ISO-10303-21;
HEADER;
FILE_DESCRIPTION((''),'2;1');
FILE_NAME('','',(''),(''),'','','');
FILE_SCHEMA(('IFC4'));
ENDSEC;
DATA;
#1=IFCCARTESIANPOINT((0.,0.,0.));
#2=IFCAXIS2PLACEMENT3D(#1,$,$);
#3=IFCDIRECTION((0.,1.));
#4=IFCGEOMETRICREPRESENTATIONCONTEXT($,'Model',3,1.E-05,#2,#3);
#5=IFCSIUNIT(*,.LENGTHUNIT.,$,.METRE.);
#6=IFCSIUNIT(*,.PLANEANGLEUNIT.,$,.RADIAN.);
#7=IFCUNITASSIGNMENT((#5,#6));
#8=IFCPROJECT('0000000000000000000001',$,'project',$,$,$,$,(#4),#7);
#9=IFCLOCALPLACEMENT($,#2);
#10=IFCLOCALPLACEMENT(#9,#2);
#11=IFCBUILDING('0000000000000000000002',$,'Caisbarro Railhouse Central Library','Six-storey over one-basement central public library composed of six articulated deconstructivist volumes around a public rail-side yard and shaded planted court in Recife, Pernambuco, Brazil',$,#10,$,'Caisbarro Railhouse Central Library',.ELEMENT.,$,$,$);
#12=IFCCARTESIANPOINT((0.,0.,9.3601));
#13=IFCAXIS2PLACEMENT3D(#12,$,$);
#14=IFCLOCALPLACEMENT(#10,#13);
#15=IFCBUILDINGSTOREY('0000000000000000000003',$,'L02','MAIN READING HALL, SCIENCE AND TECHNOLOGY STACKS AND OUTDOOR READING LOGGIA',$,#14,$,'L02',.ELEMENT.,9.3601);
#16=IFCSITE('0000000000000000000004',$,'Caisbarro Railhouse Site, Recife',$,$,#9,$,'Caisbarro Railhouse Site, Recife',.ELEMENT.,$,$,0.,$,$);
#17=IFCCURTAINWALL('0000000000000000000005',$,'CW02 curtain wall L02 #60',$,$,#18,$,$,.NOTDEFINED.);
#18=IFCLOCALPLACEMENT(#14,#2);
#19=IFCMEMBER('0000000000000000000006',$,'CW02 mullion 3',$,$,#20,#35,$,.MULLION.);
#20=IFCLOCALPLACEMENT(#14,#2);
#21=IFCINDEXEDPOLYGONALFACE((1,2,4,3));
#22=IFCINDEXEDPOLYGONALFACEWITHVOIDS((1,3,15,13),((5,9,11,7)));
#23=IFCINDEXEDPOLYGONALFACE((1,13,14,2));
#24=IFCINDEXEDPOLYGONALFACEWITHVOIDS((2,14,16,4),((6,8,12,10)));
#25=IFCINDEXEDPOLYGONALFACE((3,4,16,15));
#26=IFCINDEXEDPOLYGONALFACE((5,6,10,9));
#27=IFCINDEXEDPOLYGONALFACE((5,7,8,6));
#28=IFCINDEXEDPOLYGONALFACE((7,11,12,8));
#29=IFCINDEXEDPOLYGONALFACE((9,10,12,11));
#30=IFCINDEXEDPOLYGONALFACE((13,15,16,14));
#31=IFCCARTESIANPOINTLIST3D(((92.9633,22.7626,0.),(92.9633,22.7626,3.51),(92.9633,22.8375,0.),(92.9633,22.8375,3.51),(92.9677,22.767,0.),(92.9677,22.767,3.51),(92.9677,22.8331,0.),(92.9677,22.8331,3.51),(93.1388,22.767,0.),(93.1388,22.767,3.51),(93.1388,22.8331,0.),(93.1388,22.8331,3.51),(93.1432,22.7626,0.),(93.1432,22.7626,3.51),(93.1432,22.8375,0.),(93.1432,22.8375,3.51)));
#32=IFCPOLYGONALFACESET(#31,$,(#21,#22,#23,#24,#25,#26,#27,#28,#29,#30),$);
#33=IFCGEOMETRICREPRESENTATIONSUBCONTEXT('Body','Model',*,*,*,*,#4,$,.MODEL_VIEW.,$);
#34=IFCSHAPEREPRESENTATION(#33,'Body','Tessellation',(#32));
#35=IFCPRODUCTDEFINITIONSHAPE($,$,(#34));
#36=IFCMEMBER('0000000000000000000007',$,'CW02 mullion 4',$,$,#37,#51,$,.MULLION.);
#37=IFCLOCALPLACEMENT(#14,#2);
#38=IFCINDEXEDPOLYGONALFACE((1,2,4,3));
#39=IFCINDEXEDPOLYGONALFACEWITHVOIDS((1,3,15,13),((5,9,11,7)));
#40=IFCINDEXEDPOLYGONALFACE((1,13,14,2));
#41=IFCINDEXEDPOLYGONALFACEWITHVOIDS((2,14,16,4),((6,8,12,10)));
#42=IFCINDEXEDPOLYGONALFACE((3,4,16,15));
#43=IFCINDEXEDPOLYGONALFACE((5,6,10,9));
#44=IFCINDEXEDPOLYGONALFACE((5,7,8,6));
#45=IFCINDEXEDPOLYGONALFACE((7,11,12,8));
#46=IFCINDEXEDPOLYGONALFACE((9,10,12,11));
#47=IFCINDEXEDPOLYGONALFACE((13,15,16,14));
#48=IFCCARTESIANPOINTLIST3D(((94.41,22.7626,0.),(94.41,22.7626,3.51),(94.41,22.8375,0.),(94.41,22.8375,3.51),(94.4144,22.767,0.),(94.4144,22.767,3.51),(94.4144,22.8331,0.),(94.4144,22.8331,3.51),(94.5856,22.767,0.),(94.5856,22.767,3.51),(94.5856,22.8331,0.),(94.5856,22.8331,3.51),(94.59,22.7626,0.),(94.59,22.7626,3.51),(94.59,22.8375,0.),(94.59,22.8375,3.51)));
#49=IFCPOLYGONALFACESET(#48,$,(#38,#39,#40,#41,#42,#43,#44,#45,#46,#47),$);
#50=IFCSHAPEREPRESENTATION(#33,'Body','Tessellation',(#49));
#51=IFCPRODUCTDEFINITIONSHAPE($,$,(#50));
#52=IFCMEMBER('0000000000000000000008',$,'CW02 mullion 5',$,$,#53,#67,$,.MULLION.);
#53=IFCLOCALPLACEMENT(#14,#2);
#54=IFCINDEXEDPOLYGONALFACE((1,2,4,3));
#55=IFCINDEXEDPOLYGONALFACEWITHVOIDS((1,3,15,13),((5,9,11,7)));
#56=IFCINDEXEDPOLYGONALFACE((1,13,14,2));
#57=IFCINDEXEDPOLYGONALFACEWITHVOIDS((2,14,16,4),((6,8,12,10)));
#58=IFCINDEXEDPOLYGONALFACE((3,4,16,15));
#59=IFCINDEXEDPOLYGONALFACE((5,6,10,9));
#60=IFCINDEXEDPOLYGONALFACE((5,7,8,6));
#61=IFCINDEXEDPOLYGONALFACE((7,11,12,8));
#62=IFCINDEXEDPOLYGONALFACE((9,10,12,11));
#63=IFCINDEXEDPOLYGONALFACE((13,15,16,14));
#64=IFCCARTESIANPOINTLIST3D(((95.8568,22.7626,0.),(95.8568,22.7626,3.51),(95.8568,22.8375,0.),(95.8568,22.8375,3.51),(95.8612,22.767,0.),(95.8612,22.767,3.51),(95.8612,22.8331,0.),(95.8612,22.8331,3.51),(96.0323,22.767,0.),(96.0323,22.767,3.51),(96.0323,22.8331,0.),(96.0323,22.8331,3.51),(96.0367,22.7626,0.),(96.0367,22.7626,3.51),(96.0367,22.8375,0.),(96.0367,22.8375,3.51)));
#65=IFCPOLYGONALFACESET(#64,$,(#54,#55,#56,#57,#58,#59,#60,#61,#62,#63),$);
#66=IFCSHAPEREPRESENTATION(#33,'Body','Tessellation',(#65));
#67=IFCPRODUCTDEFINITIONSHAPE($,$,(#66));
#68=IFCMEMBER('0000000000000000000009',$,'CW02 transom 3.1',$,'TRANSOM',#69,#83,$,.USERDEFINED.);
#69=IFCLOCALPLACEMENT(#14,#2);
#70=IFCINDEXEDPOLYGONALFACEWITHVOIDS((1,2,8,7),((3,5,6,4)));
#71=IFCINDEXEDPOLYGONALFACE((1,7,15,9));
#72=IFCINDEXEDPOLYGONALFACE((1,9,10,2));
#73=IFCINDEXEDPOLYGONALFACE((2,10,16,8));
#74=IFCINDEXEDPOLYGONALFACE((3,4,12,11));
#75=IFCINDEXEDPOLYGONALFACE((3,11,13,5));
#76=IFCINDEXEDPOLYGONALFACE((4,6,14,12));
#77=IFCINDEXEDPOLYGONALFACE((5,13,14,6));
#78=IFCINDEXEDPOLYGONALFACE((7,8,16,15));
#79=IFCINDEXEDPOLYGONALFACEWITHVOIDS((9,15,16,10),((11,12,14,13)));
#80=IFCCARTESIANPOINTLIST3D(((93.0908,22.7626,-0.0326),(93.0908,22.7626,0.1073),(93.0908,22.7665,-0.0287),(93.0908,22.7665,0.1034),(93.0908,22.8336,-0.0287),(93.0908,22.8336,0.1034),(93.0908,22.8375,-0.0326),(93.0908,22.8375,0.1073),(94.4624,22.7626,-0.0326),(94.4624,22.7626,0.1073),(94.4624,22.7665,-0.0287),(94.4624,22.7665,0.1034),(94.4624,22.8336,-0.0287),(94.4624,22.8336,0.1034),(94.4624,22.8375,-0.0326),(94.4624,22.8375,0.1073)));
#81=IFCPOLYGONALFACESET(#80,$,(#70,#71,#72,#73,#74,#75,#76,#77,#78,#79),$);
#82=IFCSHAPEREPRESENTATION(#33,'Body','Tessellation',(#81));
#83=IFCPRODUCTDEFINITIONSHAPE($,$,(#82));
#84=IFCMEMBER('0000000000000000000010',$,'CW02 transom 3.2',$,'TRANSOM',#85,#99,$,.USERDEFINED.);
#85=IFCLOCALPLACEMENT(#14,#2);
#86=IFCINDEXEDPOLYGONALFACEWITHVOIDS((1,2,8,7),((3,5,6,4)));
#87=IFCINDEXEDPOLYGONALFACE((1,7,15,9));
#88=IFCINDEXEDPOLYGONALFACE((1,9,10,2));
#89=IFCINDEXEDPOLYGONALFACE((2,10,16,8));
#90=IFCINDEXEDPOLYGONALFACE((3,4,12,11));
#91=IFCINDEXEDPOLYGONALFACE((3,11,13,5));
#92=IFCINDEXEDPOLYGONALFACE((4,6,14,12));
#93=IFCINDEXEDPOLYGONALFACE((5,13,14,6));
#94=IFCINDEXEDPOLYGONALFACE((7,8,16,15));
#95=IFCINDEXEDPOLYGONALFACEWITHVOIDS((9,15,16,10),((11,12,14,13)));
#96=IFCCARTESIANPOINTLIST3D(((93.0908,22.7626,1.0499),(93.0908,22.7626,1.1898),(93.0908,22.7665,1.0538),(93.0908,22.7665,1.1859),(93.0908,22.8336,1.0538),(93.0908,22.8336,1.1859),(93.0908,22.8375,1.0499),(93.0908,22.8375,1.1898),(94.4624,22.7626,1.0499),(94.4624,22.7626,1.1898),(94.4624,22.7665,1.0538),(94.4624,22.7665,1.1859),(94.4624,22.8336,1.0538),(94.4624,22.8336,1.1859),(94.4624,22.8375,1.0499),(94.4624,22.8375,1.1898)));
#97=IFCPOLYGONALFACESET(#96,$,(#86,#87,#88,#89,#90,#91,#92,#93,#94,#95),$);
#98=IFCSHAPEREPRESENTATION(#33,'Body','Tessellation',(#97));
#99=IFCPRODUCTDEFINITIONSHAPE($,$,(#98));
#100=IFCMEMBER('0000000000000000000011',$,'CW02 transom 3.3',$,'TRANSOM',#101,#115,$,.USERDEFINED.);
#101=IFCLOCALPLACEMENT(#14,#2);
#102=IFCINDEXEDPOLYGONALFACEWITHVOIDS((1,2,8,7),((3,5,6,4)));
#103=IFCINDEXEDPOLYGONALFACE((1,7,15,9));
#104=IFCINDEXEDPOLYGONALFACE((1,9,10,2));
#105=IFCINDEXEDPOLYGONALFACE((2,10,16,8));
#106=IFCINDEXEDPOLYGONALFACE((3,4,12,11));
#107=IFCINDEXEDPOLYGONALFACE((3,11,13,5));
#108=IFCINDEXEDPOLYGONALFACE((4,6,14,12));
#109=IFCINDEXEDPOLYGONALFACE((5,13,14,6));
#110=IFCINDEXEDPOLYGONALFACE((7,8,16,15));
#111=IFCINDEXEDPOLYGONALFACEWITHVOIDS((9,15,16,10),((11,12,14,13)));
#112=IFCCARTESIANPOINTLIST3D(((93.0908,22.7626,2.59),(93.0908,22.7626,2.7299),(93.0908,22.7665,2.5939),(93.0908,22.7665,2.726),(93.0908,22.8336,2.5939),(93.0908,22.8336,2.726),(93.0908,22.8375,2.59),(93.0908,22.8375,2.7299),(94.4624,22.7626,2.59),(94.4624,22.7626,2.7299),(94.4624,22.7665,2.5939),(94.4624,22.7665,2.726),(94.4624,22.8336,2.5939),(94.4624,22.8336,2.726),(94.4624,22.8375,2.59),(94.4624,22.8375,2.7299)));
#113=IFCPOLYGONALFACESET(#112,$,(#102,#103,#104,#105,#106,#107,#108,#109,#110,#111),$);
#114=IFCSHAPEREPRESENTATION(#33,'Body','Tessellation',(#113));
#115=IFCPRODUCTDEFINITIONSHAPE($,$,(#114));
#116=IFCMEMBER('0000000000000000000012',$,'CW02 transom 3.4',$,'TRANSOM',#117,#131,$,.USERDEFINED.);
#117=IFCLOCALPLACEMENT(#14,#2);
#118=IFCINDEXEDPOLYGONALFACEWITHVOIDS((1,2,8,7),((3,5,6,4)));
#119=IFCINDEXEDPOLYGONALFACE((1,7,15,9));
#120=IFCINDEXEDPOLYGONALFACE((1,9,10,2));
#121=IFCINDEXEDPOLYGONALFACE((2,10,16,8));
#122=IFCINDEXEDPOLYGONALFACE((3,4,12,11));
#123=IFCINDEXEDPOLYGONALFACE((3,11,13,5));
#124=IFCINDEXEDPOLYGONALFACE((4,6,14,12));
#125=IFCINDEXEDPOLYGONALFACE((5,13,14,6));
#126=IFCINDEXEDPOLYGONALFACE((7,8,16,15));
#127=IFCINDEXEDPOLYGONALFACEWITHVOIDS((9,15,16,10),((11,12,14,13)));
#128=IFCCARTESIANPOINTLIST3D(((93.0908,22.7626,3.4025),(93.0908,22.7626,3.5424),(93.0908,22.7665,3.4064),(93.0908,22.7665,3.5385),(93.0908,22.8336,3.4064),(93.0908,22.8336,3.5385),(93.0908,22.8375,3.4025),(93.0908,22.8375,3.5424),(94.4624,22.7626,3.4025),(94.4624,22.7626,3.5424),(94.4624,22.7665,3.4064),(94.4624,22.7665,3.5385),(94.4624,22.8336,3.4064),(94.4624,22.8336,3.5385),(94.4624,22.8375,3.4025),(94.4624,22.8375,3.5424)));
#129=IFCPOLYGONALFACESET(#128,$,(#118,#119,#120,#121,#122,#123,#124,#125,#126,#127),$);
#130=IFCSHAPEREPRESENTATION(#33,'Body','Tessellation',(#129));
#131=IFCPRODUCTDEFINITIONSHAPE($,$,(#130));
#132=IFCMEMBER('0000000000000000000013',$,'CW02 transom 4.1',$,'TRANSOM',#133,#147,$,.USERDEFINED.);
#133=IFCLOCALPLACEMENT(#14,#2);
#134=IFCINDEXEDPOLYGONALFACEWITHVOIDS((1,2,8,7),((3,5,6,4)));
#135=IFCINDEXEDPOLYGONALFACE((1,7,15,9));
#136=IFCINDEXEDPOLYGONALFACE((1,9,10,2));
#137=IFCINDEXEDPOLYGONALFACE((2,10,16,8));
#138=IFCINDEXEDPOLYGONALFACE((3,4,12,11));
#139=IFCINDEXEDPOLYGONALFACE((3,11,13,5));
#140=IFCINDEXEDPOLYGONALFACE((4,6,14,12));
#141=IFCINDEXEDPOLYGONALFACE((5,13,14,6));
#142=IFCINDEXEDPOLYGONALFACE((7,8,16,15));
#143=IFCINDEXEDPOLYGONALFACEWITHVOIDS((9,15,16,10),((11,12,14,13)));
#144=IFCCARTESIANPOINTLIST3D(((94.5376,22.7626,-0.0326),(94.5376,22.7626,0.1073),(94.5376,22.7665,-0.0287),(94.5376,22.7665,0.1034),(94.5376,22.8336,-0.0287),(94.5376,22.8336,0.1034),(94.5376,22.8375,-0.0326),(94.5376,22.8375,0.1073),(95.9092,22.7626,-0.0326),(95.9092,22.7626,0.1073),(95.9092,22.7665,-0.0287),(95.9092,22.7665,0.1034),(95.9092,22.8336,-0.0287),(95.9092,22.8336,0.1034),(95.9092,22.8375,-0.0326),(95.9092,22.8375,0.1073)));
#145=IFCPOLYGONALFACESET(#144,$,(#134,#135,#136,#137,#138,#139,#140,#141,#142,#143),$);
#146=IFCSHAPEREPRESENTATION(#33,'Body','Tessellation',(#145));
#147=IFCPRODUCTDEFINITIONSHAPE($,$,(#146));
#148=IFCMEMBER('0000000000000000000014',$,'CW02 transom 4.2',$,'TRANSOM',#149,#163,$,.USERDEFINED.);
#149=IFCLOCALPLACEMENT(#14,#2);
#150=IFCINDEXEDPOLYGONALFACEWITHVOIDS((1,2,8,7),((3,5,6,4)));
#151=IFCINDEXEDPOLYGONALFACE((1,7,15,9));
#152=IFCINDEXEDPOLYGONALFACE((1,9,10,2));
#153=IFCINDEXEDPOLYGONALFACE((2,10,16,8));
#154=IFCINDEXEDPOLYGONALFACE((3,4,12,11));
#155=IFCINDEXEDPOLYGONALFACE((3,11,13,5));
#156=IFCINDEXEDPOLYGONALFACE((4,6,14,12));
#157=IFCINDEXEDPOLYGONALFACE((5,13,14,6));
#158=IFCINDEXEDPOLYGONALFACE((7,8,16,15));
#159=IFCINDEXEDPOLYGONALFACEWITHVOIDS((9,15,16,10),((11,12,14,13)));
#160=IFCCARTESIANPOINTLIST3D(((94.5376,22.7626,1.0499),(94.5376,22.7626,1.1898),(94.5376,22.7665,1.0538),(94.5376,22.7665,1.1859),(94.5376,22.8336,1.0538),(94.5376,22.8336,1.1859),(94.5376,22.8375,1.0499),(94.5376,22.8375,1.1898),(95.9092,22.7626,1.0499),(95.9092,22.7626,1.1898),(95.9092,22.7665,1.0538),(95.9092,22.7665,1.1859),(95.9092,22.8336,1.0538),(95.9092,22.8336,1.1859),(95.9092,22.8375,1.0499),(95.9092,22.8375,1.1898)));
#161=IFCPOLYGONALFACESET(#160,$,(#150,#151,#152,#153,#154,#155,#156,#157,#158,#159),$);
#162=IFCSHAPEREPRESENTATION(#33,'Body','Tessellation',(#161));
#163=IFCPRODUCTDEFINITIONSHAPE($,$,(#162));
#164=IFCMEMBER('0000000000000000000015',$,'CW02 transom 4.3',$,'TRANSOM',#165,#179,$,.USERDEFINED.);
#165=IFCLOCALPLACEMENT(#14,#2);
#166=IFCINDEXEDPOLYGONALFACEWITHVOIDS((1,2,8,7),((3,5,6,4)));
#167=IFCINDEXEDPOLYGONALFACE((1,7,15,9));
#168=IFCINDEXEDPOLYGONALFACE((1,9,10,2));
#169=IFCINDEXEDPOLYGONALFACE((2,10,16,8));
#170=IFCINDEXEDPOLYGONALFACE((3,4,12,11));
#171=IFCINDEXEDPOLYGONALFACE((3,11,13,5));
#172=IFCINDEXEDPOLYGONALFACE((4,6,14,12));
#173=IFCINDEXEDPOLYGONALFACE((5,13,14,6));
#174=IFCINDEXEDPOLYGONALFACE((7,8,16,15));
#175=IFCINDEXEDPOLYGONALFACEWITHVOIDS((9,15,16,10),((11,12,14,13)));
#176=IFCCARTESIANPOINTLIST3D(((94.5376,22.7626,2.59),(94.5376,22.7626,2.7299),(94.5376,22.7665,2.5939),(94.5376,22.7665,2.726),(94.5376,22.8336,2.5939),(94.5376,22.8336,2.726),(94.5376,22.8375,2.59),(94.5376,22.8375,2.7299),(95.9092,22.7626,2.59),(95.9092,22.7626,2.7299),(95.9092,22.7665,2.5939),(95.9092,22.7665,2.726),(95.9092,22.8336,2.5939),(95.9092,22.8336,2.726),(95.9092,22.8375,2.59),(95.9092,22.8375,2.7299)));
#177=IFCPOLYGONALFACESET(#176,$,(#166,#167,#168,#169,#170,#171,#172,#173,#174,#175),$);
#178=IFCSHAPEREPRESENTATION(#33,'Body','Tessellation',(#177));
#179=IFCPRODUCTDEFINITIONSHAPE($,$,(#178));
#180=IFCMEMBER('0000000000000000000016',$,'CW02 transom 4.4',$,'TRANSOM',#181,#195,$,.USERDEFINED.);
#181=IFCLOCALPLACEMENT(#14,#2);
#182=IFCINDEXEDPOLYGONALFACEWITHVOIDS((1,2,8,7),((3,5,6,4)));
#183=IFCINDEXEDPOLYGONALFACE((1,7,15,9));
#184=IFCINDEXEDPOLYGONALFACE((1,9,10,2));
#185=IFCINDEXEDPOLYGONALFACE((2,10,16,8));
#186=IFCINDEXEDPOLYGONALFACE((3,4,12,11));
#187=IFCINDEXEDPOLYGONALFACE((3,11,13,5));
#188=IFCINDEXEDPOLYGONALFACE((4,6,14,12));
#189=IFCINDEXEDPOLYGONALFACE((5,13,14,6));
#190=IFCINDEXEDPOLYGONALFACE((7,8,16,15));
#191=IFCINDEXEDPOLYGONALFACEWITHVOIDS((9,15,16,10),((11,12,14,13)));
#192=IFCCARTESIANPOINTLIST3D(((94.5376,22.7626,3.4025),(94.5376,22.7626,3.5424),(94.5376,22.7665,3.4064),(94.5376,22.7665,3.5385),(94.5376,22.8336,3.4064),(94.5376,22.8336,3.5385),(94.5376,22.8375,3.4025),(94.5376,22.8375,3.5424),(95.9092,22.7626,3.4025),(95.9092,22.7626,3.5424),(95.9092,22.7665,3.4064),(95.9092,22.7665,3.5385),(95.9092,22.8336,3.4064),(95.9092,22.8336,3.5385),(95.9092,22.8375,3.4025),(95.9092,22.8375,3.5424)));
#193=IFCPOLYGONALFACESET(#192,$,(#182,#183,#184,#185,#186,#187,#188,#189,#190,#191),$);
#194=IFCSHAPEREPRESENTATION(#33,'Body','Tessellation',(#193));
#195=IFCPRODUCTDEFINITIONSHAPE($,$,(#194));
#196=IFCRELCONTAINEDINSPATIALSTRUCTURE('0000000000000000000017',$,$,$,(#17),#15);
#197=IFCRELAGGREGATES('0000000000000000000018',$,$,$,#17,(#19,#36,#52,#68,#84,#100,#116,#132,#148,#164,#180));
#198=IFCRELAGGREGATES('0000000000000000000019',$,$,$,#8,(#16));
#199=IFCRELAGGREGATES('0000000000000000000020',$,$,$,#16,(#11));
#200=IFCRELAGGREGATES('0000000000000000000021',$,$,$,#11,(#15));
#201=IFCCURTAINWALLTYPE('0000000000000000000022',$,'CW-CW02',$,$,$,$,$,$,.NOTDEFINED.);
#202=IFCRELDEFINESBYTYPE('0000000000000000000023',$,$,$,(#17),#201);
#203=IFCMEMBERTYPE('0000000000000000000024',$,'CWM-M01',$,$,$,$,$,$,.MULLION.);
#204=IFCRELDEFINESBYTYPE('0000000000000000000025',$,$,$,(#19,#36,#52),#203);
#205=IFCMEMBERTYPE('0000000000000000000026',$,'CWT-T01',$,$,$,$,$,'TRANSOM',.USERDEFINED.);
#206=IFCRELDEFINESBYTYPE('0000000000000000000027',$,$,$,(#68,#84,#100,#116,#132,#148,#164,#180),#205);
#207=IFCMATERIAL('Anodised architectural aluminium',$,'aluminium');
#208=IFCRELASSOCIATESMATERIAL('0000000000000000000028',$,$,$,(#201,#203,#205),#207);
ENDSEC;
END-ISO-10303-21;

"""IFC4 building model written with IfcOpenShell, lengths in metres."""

from ifc_helpers import new_model, si_unit, direction, frame, origin, origin_2d, place, context, subcontext, project, spatial, hollow_rectangle, extrude, material, material_profile, profile_set, type_object, element, aggregate, save


model = new_model("IFC4")

# Units and contexts
model_context = context("Model", 3, precision=1e-05, world=origin(), true_north=direction((0.0, 1.0)))
body_context = subcontext(model_context, "Body", "Model", "MODEL_VIEW")
ifc_project = project(units=[si_unit("LENGTHUNIT", "METRE"), si_unit("PLANEANGLEUNIT", "RADIAN")], contexts=[model_context])

# Site, building, storey
site_placement = place(None, origin())
site = spatial("IfcSite", under=ifc_project, at=site_placement, Name="Caisbarro Railhouse Site, Recife", LongName="Caisbarro Railhouse Site, Recife", CompositionType="ELEMENT", RefElevation=0.0)
building_placement = place(site_placement, origin())
building = spatial("IfcBuilding", under=site, at=building_placement, Name="Caisbarro Railhouse Central Library", Description="Six-storey over one-basement central public library composed of six articulated deconstructivist volumes around a public rail-side yard and shaded planted court in Recife, Pernambuco, Brazil", LongName="Caisbarro Railhouse Central Library", CompositionType="ELEMENT")
storey_placement = place(building_placement, frame((0.0, 0.0, 9.3601)))
storey = spatial("IfcBuildingStorey", under=building, at=storey_placement, Name="L02", Description="MAIN READING HALL, SCIENCE AND TECHNOLOGY STACKS AND OUTDOOR READING LOGGIA", LongName="L02", CompositionType="ELEMENT", Elevation=9.3601)

# Curtain wall, members
ifc_material_1 = material(Name="Anodised architectural aluminium", Category="aluminium")
curtain_wall_type = type_object("IfcCurtainWallType", Name="CW-CW02", PredefinedType="NOTDEFINED", material=ifc_material_1)
curtain_wall_placement = place(storey_placement, origin())
curtain_wall = element("IfcCurtainWall", 1, at=curtain_wall_placement, inside=storey, type_object=curtain_wall_type, Name="CW02 curtain wall L02 #60", PredefinedType="NOTDEFINED")
ifc_material_profile_1 = material_profile(ifc_material_1, hollow_rectangle(XDim=0.075, YDim=0.1799, WallThickness=0.0044, at=origin_2d()), Name="ALU-MUL-75X180")
ifc_profile_set_1 = profile_set([ifc_material_profile_1], Name="Anodised architectural aluminium")
member_type_1 = type_object("IfcMemberType", Name="CWM-M01", PredefinedType="MULLION", material=ifc_profile_set_1)
member_1_placement = place(storey_placement, frame((93.0532, 22.8, 0.0), z_axis=(0.0, 0.0, 1.0), x_axis=(0.0, 1.0, 0.0)))
member_1 = element("IfcMember", 2, at=member_1_placement, type_object=member_type_1, Name="CW02 mullion 3", PredefinedType="MULLION", context=body_context, shape_type="SweptSolid", body=[
    extrude(hollow_rectangle(XDim=0.075, YDim=0.1799, WallThickness=0.0044, at=origin_2d()), origin(), (0.0, 0.0, 1.0), 3.51),
])
member_2_placement = place(storey_placement, frame((94.5, 22.8, 0.0), z_axis=(0.0, 0.0, 1.0), x_axis=(0.0, 1.0, 0.0)))
member_2 = element("IfcMember", 3, at=member_2_placement, type_object=member_type_1, Name="CW02 mullion 4", PredefinedType="MULLION", context=body_context, shape_type="SweptSolid", body=[
    extrude(hollow_rectangle(XDim=0.075, YDim=0.1799, WallThickness=0.0044, at=origin_2d()), origin(), (0.0, 0.0, 1.0), 3.51),
])
member_3_placement = place(storey_placement, frame((95.9468, 22.8, 0.0), z_axis=(0.0, 0.0, 1.0), x_axis=(0.0, 1.0, 0.0)))
member_3 = element("IfcMember", 4, at=member_3_placement, type_object=member_type_1, Name="CW02 mullion 5", PredefinedType="MULLION", context=body_context, shape_type="SweptSolid", body=[
    extrude(hollow_rectangle(XDim=0.075, YDim=0.1799, WallThickness=0.0044, at=origin_2d()), origin(), (0.0, 0.0, 1.0), 3.51),
])
ifc_material_profile_2 = material_profile(ifc_material_1, hollow_rectangle(XDim=0.075, YDim=0.1399, WallThickness=0.0039, at=origin_2d()), Name="ALU-TRN-75X140")
ifc_profile_set_2 = profile_set([ifc_material_profile_2], Name="Anodised architectural aluminium")
member_type_2 = type_object("IfcMemberType", Name="CWT-T01", ElementType="TRANSOM", PredefinedType="USERDEFINED", material=ifc_profile_set_2)
member_4_placement = place(storey_placement, frame((93.0908, 22.8, 0.0374), z_axis=(1.0, 0.0, 0.0), x_axis=(0.0, 1.0, 0.0)))
member_4 = element("IfcMember", 5, at=member_4_placement, type_object=member_type_2, Name="CW02 transom 3.1", ObjectType="TRANSOM", PredefinedType="USERDEFINED", context=body_context, shape_type="SweptSolid", body=[
    extrude(hollow_rectangle(XDim=0.075, YDim=0.1399, WallThickness=0.0039, at=origin_2d()), origin(), (0.0, 0.0, 1.0), 1.3716),
])
member_5_placement = place(storey_placement, frame((93.0908, 22.8, 1.1199), z_axis=(1.0, 0.0, 0.0), x_axis=(0.0, 1.0, 0.0)))
member_5 = element("IfcMember", 6, at=member_5_placement, type_object=member_type_2, Name="CW02 transom 3.2", ObjectType="TRANSOM", PredefinedType="USERDEFINED", context=body_context, shape_type="SweptSolid", body=[
    extrude(hollow_rectangle(XDim=0.075, YDim=0.1399, WallThickness=0.0039, at=origin_2d()), origin(), (0.0, 0.0, 1.0), 1.3716),
])
member_6_placement = place(storey_placement, frame((93.0908, 22.8, 2.6599), z_axis=(1.0, 0.0, 0.0), x_axis=(0.0, 1.0, 0.0)))
member_6 = element("IfcMember", 7, at=member_6_placement, type_object=member_type_2, Name="CW02 transom 3.3", ObjectType="TRANSOM", PredefinedType="USERDEFINED", context=body_context, shape_type="SweptSolid", body=[
    extrude(hollow_rectangle(XDim=0.075, YDim=0.1399, WallThickness=0.0039, at=origin_2d()), origin(), (0.0, 0.0, 1.0), 1.3716),
])
member_7_placement = place(storey_placement, frame((93.0908, 22.8, 3.4724), z_axis=(1.0, 0.0, 0.0), x_axis=(0.0, 1.0, 0.0)))
member_7 = element("IfcMember", 8, at=member_7_placement, type_object=member_type_2, Name="CW02 transom 3.4", ObjectType="TRANSOM", PredefinedType="USERDEFINED", context=body_context, shape_type="SweptSolid", body=[
    extrude(hollow_rectangle(XDim=0.075, YDim=0.1399, WallThickness=0.0039, at=origin_2d()), origin(), (0.0, 0.0, 1.0), 1.3716),
])
member_8_placement = place(storey_placement, frame((94.5376, 22.8, 0.0374), z_axis=(1.0, 0.0, 0.0), x_axis=(0.0, 1.0, 0.0)))
member_8 = element("IfcMember", 9, at=member_8_placement, type_object=member_type_2, Name="CW02 transom 4.1", ObjectType="TRANSOM", PredefinedType="USERDEFINED", context=body_context, shape_type="SweptSolid", body=[
    extrude(hollow_rectangle(XDim=0.075, YDim=0.1399, WallThickness=0.0039, at=origin_2d()), origin(), (0.0, 0.0, 1.0), 1.3716),
])
member_9_placement = place(storey_placement, frame((94.5376, 22.8, 1.1199), z_axis=(1.0, 0.0, 0.0), x_axis=(0.0, 1.0, 0.0)))
member_9 = element("IfcMember", 10, at=member_9_placement, type_object=member_type_2, Name="CW02 transom 4.2", ObjectType="TRANSOM", PredefinedType="USERDEFINED", context=body_context, shape_type="SweptSolid", body=[
    extrude(hollow_rectangle(XDim=0.075, YDim=0.1399, WallThickness=0.0039, at=origin_2d()), origin(), (0.0, 0.0, 1.0), 1.3716),
])
member_10_placement = place(storey_placement, frame((94.5376, 22.8, 2.6599), z_axis=(1.0, 0.0, 0.0), x_axis=(0.0, 1.0, 0.0)))
member_10 = element("IfcMember", 11, at=member_10_placement, type_object=member_type_2, Name="CW02 transom 4.3", ObjectType="TRANSOM", PredefinedType="USERDEFINED", context=body_context, shape_type="SweptSolid", body=[
    extrude(hollow_rectangle(XDim=0.075, YDim=0.1399, WallThickness=0.0039, at=origin_2d()), origin(), (0.0, 0.0, 1.0), 1.3716),
])
member_11_placement = place(storey_placement, frame((94.5376, 22.8, 3.4724), z_axis=(1.0, 0.0, 0.0), x_axis=(0.0, 1.0, 0.0)))
member_11 = element("IfcMember", 12, at=member_11_placement, type_object=member_type_2, Name="CW02 transom 4.4", ObjectType="TRANSOM", PredefinedType="USERDEFINED", context=body_context, shape_type="SweptSolid", body=[
    extrude(hollow_rectangle(XDim=0.075, YDim=0.1399, WallThickness=0.0039, at=origin_2d()), origin(), (0.0, 0.0, 1.0), 1.3716),
])
aggregate(curtain_wall, [member_1, member_2, member_3, member_4, member_5, member_6, member_7, member_8, member_9, member_10, member_11])

save(model, "model.ifc")
